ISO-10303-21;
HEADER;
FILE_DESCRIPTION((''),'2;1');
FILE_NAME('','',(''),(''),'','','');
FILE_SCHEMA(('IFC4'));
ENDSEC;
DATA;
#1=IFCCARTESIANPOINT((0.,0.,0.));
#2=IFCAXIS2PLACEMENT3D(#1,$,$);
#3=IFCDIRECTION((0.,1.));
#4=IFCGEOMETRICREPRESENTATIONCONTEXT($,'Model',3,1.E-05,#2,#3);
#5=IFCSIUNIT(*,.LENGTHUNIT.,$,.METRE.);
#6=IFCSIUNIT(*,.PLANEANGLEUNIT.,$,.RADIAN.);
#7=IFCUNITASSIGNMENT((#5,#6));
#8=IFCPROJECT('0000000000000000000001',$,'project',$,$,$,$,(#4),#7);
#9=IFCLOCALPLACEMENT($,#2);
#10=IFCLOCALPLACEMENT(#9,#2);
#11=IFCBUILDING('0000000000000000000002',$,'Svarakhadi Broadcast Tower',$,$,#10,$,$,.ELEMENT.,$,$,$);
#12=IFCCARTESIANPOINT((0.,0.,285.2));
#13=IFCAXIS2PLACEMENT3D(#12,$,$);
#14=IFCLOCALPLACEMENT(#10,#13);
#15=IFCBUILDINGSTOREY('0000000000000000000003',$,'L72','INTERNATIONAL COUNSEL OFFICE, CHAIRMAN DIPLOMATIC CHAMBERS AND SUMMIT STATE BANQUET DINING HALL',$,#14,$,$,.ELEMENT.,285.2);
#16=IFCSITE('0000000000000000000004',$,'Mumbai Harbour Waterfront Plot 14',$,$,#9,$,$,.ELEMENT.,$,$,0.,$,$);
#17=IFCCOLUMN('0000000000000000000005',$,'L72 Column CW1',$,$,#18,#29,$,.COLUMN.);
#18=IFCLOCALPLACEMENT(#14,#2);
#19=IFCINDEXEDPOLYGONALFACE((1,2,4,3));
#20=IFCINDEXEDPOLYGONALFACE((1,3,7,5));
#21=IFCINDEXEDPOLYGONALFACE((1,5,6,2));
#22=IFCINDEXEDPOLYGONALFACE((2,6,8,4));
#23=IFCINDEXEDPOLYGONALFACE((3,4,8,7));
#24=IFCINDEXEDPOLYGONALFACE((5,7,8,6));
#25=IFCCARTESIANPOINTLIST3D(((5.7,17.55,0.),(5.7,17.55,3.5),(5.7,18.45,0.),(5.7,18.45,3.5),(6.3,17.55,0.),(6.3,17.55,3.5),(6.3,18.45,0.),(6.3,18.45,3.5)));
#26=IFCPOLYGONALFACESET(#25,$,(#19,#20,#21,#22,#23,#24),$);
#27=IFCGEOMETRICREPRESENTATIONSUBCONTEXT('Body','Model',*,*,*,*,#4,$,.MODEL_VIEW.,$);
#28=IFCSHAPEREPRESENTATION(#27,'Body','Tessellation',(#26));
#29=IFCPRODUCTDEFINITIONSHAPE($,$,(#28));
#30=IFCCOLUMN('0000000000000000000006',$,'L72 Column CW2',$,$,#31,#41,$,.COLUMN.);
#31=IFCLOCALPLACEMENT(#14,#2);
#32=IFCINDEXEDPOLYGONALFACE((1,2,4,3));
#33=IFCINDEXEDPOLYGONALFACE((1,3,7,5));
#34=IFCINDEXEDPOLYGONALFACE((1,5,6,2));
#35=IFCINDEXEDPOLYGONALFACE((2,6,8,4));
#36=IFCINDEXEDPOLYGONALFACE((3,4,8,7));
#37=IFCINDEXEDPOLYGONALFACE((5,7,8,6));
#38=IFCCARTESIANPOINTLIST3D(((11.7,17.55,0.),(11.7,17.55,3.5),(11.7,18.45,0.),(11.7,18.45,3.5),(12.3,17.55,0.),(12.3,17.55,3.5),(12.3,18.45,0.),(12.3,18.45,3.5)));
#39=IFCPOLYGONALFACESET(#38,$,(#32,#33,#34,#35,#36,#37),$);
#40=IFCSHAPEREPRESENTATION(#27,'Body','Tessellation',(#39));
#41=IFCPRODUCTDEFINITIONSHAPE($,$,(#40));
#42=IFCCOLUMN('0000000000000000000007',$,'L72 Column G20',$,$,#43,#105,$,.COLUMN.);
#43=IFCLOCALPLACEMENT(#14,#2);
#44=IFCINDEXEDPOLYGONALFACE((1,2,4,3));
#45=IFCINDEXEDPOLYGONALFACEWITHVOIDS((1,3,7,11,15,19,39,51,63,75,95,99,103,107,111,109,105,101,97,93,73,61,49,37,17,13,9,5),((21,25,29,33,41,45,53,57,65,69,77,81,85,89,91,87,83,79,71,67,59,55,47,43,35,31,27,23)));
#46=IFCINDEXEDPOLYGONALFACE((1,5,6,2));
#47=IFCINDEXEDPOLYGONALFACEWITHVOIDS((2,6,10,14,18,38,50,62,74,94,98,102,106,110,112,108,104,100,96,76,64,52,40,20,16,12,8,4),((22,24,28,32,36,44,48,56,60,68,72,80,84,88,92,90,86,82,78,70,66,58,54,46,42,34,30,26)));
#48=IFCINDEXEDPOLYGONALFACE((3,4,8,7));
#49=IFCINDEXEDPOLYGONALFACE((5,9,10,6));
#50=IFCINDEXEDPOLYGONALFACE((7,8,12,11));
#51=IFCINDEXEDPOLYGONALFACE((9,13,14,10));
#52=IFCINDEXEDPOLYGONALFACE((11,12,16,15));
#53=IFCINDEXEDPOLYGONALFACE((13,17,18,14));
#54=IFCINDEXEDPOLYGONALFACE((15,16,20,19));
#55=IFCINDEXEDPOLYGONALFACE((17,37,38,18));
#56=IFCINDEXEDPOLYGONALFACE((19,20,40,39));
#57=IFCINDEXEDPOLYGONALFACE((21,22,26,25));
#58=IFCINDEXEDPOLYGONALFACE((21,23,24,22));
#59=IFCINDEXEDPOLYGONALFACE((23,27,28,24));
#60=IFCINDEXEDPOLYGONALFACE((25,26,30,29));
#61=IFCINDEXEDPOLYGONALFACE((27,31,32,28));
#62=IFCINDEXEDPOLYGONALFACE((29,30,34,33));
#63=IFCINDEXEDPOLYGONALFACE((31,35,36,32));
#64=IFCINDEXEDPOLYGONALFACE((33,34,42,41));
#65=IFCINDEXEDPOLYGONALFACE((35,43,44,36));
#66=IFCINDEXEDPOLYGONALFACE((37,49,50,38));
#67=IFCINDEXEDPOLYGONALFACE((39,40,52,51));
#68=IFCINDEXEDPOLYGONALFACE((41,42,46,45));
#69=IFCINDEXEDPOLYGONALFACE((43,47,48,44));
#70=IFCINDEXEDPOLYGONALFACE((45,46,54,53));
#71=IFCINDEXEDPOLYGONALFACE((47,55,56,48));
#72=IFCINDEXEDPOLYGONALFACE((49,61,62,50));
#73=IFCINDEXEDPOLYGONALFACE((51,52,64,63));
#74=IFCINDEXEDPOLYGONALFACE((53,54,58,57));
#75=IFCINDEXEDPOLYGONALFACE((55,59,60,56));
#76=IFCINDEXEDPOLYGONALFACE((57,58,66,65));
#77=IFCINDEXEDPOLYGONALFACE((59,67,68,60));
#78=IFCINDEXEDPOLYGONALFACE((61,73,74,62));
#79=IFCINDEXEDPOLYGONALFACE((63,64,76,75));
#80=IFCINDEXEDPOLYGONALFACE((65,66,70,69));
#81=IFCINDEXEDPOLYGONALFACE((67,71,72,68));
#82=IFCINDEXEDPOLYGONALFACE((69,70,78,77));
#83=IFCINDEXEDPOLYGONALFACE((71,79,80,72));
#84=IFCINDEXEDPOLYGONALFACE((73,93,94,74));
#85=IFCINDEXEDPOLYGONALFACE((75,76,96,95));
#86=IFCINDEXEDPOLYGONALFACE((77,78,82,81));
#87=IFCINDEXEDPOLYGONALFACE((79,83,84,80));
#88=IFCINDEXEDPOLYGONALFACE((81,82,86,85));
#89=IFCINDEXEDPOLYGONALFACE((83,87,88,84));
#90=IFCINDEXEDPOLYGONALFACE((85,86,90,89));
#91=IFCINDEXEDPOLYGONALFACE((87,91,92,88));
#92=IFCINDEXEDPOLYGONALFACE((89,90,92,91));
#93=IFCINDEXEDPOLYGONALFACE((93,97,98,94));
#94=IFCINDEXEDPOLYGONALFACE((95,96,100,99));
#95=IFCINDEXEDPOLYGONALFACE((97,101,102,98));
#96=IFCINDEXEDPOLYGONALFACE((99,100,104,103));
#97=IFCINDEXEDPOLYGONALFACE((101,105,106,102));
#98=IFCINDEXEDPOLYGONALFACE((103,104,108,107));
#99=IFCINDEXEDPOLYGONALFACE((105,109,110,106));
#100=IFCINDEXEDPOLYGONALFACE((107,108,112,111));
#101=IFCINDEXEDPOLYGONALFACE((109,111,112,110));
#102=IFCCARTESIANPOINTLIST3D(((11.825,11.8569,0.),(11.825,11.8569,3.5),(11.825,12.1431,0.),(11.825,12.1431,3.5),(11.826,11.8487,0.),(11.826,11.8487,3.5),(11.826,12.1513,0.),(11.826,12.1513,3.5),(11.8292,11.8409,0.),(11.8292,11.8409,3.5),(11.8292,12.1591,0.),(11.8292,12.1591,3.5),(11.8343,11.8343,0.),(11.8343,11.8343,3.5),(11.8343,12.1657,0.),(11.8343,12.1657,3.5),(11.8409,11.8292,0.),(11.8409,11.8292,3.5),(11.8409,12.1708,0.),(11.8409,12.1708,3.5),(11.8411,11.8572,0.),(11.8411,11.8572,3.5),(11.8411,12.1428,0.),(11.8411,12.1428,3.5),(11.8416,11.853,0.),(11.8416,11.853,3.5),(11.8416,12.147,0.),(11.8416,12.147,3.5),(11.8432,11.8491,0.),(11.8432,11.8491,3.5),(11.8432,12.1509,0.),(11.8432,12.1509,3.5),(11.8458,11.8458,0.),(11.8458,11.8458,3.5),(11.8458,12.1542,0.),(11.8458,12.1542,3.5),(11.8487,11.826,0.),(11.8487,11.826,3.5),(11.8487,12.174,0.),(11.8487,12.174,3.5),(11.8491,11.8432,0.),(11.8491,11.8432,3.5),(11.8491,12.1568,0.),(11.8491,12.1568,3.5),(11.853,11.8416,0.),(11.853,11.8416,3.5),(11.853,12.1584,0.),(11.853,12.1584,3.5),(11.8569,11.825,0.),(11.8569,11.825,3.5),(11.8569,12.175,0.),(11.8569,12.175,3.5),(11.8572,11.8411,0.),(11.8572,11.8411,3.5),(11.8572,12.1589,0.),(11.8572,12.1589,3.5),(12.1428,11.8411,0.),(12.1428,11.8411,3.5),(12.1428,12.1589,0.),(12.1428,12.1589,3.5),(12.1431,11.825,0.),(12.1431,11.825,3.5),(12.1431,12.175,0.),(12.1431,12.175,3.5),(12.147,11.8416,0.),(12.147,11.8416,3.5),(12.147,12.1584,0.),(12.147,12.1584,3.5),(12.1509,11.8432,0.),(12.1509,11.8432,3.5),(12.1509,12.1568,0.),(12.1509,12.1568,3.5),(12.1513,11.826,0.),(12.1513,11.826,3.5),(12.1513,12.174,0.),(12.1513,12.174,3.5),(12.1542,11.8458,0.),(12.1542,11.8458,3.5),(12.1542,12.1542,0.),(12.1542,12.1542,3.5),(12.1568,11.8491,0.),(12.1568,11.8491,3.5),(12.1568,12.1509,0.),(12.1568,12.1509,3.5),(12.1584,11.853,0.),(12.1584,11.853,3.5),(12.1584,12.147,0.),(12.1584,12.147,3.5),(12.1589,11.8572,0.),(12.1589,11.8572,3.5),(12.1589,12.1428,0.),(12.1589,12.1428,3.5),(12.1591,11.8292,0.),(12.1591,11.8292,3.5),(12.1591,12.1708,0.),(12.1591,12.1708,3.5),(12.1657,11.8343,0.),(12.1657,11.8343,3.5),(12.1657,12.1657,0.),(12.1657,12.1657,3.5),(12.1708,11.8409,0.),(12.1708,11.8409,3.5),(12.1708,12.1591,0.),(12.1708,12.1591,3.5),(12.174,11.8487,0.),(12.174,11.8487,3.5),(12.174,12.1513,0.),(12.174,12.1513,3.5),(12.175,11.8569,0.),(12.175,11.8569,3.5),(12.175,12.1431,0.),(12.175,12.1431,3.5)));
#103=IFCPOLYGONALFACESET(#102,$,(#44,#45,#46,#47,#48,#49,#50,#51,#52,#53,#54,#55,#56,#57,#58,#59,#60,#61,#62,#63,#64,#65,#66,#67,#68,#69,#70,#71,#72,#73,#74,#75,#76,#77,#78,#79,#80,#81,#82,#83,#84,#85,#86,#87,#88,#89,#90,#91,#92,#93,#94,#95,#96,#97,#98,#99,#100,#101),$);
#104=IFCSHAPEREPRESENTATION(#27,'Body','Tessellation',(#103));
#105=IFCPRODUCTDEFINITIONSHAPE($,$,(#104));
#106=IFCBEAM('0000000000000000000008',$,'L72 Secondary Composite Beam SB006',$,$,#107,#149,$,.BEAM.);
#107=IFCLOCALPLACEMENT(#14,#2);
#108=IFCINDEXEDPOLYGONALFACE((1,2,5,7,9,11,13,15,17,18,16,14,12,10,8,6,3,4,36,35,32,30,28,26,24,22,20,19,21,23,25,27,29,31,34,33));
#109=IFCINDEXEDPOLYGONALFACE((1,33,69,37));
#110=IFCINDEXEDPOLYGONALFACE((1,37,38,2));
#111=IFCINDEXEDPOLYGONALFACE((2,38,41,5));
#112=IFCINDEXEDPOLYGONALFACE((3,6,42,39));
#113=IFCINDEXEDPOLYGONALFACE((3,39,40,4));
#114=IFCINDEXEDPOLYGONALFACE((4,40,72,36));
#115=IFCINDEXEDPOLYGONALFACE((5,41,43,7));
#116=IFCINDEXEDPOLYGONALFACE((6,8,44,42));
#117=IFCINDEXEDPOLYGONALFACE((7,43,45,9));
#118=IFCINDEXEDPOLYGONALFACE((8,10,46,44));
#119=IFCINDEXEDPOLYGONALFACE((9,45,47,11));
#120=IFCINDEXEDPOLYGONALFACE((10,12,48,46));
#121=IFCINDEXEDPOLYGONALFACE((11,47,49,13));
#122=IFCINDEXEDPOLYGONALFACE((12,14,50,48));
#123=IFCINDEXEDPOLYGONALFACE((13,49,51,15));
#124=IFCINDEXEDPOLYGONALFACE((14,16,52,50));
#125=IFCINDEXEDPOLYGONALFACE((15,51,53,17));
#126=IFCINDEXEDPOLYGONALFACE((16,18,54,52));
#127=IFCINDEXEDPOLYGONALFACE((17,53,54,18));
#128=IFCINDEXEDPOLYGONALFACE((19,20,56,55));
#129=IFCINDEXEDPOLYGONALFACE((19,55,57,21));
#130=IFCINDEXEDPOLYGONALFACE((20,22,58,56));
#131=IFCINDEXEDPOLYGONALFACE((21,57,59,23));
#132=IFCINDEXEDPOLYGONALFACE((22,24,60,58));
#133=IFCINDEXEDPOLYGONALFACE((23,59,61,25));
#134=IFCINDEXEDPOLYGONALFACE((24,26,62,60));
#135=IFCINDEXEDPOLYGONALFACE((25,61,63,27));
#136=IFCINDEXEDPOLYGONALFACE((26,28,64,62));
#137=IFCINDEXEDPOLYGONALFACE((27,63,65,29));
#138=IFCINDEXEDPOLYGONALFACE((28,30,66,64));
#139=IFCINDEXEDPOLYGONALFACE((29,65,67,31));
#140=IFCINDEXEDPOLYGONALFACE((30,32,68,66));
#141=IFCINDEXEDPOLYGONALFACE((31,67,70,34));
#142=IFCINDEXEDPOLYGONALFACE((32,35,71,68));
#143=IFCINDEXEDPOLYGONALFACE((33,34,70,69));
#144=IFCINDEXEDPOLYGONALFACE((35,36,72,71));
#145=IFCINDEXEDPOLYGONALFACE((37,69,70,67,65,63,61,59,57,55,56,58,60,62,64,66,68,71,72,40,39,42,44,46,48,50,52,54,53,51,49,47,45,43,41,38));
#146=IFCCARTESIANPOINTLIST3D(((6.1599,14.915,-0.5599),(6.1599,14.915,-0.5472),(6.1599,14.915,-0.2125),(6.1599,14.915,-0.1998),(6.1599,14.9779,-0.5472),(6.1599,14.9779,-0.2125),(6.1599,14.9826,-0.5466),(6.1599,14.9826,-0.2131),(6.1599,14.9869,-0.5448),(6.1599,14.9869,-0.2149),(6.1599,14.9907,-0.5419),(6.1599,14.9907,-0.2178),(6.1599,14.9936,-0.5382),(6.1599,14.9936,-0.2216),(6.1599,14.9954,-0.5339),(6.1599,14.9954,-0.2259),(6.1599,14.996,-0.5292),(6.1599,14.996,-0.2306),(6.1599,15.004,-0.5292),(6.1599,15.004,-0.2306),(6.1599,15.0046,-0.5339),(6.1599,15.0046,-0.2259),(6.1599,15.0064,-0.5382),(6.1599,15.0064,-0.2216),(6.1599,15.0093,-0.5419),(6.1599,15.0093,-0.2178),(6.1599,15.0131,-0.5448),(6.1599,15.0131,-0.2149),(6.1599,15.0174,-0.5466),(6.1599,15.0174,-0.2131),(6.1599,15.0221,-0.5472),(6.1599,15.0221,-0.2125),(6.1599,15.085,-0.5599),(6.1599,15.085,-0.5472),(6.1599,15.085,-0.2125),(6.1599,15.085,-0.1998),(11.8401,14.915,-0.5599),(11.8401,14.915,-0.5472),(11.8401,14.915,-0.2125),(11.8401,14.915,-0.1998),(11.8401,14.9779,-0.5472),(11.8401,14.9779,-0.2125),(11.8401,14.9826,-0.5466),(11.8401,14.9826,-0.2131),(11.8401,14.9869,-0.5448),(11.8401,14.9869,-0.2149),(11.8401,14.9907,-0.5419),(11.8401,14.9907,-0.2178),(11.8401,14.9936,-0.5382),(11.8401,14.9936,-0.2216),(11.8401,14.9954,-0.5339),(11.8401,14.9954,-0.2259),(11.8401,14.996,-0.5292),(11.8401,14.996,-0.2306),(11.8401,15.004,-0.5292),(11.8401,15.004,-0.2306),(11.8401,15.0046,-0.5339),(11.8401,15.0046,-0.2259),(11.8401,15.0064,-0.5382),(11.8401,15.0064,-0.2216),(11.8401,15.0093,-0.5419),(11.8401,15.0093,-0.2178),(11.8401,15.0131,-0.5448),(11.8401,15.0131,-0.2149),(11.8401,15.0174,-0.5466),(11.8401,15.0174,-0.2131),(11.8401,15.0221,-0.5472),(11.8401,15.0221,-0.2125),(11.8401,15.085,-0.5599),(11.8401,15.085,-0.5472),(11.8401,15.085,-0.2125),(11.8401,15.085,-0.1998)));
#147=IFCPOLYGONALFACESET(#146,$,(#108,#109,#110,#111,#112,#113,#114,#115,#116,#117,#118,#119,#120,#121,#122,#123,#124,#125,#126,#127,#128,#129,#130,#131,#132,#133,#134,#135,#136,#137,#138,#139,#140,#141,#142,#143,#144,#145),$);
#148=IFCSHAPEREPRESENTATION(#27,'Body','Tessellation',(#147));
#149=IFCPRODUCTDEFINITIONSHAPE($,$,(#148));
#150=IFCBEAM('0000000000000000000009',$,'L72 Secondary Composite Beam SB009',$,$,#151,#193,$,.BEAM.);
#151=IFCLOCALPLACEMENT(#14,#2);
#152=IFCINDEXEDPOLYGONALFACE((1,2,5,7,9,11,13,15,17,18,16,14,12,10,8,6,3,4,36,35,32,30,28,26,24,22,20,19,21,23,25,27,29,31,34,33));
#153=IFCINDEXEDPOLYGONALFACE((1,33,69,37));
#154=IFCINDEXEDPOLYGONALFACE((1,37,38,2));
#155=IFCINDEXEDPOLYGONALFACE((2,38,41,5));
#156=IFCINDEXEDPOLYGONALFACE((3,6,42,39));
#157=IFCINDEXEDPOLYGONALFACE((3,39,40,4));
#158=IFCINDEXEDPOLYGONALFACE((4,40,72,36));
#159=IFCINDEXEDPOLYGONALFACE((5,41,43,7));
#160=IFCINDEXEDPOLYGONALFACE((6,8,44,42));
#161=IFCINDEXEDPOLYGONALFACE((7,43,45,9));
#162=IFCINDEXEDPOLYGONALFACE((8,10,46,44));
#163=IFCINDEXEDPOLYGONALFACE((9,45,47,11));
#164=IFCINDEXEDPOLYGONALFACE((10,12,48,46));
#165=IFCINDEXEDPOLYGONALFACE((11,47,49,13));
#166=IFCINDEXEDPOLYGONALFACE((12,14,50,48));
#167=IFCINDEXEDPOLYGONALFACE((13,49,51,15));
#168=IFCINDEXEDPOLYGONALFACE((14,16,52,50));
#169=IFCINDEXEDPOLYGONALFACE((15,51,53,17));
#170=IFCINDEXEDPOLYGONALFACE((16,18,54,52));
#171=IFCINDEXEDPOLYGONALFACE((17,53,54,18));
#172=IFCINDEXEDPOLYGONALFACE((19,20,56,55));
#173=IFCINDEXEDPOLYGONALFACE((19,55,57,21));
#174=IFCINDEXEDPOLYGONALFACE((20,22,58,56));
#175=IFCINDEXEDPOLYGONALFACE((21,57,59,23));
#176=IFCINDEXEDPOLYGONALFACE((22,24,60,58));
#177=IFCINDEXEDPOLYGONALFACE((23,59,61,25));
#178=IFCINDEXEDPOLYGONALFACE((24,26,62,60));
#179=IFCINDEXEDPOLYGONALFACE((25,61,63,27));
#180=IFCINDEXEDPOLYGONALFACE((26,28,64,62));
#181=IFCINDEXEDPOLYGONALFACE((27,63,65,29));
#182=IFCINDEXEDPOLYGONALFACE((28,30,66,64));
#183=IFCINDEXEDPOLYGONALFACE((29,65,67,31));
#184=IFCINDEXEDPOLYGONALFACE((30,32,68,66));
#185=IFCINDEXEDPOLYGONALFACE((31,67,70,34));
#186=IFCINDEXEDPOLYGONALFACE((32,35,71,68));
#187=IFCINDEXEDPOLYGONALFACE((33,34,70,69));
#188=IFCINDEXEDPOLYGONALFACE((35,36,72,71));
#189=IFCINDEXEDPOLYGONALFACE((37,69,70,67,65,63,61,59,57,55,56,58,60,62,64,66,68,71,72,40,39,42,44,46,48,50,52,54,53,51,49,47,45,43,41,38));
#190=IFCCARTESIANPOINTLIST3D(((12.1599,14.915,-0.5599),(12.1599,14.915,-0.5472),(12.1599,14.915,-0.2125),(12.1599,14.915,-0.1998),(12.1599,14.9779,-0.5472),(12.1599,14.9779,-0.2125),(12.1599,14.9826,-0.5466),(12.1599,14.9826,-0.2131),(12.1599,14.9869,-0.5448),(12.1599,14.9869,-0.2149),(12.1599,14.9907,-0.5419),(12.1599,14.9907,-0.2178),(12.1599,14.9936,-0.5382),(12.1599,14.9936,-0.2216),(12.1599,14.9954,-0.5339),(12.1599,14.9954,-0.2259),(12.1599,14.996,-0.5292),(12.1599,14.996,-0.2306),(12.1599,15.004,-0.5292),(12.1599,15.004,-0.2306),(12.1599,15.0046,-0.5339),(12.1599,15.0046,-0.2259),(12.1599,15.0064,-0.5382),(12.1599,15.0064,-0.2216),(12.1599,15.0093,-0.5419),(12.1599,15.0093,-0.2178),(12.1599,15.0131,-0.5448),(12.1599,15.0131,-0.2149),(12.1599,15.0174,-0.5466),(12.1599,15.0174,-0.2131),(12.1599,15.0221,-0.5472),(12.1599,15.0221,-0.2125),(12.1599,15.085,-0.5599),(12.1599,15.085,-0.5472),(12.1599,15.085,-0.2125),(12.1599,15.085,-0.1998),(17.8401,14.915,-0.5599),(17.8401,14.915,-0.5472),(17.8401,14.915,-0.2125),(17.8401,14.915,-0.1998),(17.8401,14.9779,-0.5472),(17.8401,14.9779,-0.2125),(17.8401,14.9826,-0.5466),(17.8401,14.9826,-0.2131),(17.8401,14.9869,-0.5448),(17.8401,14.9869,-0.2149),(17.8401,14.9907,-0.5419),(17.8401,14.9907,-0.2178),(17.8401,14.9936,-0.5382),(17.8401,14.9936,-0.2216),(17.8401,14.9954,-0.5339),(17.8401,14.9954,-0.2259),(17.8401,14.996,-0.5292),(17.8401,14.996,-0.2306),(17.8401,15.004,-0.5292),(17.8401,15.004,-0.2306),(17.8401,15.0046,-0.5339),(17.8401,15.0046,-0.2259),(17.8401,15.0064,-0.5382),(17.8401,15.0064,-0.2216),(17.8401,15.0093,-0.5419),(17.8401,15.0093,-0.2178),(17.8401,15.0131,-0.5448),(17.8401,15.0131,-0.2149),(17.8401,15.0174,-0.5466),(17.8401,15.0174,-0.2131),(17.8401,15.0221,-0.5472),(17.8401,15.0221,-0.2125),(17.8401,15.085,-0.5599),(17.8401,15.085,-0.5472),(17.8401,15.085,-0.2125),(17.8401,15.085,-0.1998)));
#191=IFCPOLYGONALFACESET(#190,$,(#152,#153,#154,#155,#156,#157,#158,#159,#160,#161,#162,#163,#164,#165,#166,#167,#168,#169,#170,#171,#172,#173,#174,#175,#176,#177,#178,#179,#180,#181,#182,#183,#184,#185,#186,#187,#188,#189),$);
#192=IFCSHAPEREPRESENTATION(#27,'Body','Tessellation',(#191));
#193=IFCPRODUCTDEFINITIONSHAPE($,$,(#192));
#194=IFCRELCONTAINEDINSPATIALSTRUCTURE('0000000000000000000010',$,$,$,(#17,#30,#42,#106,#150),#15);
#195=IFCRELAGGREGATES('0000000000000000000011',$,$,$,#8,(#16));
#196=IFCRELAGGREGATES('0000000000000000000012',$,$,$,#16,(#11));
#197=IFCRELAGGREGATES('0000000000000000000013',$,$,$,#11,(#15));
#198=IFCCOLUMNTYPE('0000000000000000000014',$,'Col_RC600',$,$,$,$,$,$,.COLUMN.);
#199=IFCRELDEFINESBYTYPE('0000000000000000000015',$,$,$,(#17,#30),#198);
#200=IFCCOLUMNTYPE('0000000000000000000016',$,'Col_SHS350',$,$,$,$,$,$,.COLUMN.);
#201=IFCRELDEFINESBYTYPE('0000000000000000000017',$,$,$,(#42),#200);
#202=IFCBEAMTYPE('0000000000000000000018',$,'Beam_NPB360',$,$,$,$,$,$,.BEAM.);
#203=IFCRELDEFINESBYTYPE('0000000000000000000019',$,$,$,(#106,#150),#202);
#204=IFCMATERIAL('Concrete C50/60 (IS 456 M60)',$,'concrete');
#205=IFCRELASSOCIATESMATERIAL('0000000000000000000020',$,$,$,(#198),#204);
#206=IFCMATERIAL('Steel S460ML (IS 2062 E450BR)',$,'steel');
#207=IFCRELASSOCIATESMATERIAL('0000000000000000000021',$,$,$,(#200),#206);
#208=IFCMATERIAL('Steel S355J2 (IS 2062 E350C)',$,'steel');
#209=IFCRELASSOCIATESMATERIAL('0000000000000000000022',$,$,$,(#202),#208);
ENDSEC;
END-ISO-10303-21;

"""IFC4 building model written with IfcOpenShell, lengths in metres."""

from ifc_helpers import new_model, si_unit, direction, frame, origin, origin_2d, place, context, subcontext, project, spatial, rectangle, hollow_rectangle, i_section, extrude, material, material_profile, profile_set, type_object, element, save


model = new_model("IFC4")

# Units and contexts
model_context = context("Model", 3, precision=1e-05, world=origin(), true_north=direction((0.0, 1.0)))
body_context = subcontext(model_context, "Body", "Model", "MODEL_VIEW")
ifc_project = project(units=[si_unit("LENGTHUNIT", "METRE"), si_unit("PLANEANGLEUNIT", "RADIAN")], contexts=[model_context])

# Site, building, storey
site_placement = place(None, origin())
site = spatial("IfcSite", under=ifc_project, at=site_placement, Name="Mumbai Harbour Waterfront Plot 14", CompositionType="ELEMENT", RefElevation=0.0)
building_placement = place(site_placement, origin())
building = spatial("IfcBuilding", under=site, at=building_placement, Name="Svarakhadi Broadcast Tower", CompositionType="ELEMENT")
storey_placement = place(building_placement, frame((0.0, 0.0, 285.2)))
storey = spatial("IfcBuildingStorey", under=building, at=storey_placement, Name="L72", Description="INTERNATIONAL COUNSEL OFFICE, CHAIRMAN DIPLOMATIC CHAMBERS AND SUMMIT STATE BANQUET DINING HALL", CompositionType="ELEMENT", Elevation=285.2)

# Columns
ifc_material_1 = material(Name="Concrete C50/60 (IS 456 M60)", Category="concrete")
ifc_material_profile_1 = material_profile(ifc_material_1, rectangle(XDim=0.6001, YDim=0.8999, at=origin_2d()), Name="RC 600x900")
ifc_profile_set_1 = profile_set([ifc_material_profile_1], Name="Concrete C50/60 (IS 456 M60)")
column_type_1 = type_object("IfcColumnType", Name="Col_RC600", PredefinedType="COLUMN", material=ifc_profile_set_1)
for number, where, z_axis, x_axis, name in (
    (1, (6.0, 18.0, 0.0), (0.0, 0.0, 1.0), (1.0, 0.0, 0.0), "L72 Column CW1"),
    (2, (12.0, 18.0, 0.0), (0.0, 0.0, 1.0), (1.0, 0.0, 0.0), "L72 Column CW2"),
):
    element("IfcColumn", number, at=place(storey_placement, frame(where, z_axis=z_axis, x_axis=x_axis)), inside=storey, type_object=column_type_1, Name=name, PredefinedType="COLUMN", context=body_context, shape_type="SweptSolid", body=[
        extrude(rectangle(XDim=0.6001, YDim=0.8999, at=origin_2d()), origin(), (0.0, 0.0, 1.0), 3.5),
    ])
ifc_material_2 = material(Name="Steel S460ML (IS 2062 E450BR)", Category="steel")
ifc_material_profile_2 = material_profile(ifc_material_2, hollow_rectangle(XDim=0.3501, YDim=0.3501, WallThickness=0.0161, InnerFilletRadius=0.0161, OuterFilletRadius=0.032, at=origin_2d()), Name="SHS 350x350x16")
ifc_profile_set_2 = profile_set([ifc_material_profile_2], Name="Steel S460ML (IS 2062 E450BR)")
column_type_2 = type_object("IfcColumnType", Name="Col_SHS350", PredefinedType="COLUMN", material=ifc_profile_set_2)
column_placement = place(storey_placement, frame((12.0, 12.0, 0.0), z_axis=(0.0, 0.0, 1.0), x_axis=(1.0, 0.0, 0.0)))
element("IfcColumn", 3, at=column_placement, inside=storey, type_object=column_type_2, Name="L72 Column G20", PredefinedType="COLUMN", context=body_context, shape_type="SweptSolid", body=[
    extrude(hollow_rectangle(XDim=0.3501, YDim=0.3501, WallThickness=0.0161, InnerFilletRadius=0.0161, OuterFilletRadius=0.032, at=origin_2d()), origin(), (0.0, 0.0, 1.0), 3.5),
])

# Beams
ifc_material_3 = material(Name="Steel S355J2 (IS 2062 E350C)", Category="steel")
ifc_material_profile_3 = material_profile(ifc_material_3, i_section(OverallWidth=0.1699, OverallDepth=0.3601, WebThickness=0.0081, FlangeThickness=0.0127, FilletRadius=0.0181, at=origin_2d()), Name="NPB 360x170x57")
ifc_profile_set_3 = profile_set([ifc_material_profile_3], Name="Steel S355J2 (IS 2062 E350C)")
beam_type_1 = type_object("IfcBeamType", Name="Beam_NPB360", PredefinedType="BEAM", material=ifc_profile_set_3)
for number, where, z_axis, x_axis, name in (
    (4, (6.1599, 15.0, -0.3799), (1.0, 0.0, 0.0), (0.0, 1.0, 0.0), "L72 Secondary Composite Beam SB006"),
    (5, (12.1599, 15.0, -0.3799), (1.0, 0.0, 0.0), (0.0, 1.0, 0.0), "L72 Secondary Composite Beam SB009"),
):
    element("IfcBeam", number, at=place(storey_placement, frame(where, z_axis=z_axis, x_axis=x_axis)), inside=storey, type_object=beam_type_1, Name=name, PredefinedType="BEAM", context=body_context, shape_type="SweptSolid", body=[
        extrude(i_section(OverallWidth=0.1699, OverallDepth=0.3601, WebThickness=0.0081, FlangeThickness=0.0127, FilletRadius=0.0181, at=origin_2d()), origin(), (0.0, 0.0, 1.0), 5.6802),
    ])

save(model, "model.ifc")
